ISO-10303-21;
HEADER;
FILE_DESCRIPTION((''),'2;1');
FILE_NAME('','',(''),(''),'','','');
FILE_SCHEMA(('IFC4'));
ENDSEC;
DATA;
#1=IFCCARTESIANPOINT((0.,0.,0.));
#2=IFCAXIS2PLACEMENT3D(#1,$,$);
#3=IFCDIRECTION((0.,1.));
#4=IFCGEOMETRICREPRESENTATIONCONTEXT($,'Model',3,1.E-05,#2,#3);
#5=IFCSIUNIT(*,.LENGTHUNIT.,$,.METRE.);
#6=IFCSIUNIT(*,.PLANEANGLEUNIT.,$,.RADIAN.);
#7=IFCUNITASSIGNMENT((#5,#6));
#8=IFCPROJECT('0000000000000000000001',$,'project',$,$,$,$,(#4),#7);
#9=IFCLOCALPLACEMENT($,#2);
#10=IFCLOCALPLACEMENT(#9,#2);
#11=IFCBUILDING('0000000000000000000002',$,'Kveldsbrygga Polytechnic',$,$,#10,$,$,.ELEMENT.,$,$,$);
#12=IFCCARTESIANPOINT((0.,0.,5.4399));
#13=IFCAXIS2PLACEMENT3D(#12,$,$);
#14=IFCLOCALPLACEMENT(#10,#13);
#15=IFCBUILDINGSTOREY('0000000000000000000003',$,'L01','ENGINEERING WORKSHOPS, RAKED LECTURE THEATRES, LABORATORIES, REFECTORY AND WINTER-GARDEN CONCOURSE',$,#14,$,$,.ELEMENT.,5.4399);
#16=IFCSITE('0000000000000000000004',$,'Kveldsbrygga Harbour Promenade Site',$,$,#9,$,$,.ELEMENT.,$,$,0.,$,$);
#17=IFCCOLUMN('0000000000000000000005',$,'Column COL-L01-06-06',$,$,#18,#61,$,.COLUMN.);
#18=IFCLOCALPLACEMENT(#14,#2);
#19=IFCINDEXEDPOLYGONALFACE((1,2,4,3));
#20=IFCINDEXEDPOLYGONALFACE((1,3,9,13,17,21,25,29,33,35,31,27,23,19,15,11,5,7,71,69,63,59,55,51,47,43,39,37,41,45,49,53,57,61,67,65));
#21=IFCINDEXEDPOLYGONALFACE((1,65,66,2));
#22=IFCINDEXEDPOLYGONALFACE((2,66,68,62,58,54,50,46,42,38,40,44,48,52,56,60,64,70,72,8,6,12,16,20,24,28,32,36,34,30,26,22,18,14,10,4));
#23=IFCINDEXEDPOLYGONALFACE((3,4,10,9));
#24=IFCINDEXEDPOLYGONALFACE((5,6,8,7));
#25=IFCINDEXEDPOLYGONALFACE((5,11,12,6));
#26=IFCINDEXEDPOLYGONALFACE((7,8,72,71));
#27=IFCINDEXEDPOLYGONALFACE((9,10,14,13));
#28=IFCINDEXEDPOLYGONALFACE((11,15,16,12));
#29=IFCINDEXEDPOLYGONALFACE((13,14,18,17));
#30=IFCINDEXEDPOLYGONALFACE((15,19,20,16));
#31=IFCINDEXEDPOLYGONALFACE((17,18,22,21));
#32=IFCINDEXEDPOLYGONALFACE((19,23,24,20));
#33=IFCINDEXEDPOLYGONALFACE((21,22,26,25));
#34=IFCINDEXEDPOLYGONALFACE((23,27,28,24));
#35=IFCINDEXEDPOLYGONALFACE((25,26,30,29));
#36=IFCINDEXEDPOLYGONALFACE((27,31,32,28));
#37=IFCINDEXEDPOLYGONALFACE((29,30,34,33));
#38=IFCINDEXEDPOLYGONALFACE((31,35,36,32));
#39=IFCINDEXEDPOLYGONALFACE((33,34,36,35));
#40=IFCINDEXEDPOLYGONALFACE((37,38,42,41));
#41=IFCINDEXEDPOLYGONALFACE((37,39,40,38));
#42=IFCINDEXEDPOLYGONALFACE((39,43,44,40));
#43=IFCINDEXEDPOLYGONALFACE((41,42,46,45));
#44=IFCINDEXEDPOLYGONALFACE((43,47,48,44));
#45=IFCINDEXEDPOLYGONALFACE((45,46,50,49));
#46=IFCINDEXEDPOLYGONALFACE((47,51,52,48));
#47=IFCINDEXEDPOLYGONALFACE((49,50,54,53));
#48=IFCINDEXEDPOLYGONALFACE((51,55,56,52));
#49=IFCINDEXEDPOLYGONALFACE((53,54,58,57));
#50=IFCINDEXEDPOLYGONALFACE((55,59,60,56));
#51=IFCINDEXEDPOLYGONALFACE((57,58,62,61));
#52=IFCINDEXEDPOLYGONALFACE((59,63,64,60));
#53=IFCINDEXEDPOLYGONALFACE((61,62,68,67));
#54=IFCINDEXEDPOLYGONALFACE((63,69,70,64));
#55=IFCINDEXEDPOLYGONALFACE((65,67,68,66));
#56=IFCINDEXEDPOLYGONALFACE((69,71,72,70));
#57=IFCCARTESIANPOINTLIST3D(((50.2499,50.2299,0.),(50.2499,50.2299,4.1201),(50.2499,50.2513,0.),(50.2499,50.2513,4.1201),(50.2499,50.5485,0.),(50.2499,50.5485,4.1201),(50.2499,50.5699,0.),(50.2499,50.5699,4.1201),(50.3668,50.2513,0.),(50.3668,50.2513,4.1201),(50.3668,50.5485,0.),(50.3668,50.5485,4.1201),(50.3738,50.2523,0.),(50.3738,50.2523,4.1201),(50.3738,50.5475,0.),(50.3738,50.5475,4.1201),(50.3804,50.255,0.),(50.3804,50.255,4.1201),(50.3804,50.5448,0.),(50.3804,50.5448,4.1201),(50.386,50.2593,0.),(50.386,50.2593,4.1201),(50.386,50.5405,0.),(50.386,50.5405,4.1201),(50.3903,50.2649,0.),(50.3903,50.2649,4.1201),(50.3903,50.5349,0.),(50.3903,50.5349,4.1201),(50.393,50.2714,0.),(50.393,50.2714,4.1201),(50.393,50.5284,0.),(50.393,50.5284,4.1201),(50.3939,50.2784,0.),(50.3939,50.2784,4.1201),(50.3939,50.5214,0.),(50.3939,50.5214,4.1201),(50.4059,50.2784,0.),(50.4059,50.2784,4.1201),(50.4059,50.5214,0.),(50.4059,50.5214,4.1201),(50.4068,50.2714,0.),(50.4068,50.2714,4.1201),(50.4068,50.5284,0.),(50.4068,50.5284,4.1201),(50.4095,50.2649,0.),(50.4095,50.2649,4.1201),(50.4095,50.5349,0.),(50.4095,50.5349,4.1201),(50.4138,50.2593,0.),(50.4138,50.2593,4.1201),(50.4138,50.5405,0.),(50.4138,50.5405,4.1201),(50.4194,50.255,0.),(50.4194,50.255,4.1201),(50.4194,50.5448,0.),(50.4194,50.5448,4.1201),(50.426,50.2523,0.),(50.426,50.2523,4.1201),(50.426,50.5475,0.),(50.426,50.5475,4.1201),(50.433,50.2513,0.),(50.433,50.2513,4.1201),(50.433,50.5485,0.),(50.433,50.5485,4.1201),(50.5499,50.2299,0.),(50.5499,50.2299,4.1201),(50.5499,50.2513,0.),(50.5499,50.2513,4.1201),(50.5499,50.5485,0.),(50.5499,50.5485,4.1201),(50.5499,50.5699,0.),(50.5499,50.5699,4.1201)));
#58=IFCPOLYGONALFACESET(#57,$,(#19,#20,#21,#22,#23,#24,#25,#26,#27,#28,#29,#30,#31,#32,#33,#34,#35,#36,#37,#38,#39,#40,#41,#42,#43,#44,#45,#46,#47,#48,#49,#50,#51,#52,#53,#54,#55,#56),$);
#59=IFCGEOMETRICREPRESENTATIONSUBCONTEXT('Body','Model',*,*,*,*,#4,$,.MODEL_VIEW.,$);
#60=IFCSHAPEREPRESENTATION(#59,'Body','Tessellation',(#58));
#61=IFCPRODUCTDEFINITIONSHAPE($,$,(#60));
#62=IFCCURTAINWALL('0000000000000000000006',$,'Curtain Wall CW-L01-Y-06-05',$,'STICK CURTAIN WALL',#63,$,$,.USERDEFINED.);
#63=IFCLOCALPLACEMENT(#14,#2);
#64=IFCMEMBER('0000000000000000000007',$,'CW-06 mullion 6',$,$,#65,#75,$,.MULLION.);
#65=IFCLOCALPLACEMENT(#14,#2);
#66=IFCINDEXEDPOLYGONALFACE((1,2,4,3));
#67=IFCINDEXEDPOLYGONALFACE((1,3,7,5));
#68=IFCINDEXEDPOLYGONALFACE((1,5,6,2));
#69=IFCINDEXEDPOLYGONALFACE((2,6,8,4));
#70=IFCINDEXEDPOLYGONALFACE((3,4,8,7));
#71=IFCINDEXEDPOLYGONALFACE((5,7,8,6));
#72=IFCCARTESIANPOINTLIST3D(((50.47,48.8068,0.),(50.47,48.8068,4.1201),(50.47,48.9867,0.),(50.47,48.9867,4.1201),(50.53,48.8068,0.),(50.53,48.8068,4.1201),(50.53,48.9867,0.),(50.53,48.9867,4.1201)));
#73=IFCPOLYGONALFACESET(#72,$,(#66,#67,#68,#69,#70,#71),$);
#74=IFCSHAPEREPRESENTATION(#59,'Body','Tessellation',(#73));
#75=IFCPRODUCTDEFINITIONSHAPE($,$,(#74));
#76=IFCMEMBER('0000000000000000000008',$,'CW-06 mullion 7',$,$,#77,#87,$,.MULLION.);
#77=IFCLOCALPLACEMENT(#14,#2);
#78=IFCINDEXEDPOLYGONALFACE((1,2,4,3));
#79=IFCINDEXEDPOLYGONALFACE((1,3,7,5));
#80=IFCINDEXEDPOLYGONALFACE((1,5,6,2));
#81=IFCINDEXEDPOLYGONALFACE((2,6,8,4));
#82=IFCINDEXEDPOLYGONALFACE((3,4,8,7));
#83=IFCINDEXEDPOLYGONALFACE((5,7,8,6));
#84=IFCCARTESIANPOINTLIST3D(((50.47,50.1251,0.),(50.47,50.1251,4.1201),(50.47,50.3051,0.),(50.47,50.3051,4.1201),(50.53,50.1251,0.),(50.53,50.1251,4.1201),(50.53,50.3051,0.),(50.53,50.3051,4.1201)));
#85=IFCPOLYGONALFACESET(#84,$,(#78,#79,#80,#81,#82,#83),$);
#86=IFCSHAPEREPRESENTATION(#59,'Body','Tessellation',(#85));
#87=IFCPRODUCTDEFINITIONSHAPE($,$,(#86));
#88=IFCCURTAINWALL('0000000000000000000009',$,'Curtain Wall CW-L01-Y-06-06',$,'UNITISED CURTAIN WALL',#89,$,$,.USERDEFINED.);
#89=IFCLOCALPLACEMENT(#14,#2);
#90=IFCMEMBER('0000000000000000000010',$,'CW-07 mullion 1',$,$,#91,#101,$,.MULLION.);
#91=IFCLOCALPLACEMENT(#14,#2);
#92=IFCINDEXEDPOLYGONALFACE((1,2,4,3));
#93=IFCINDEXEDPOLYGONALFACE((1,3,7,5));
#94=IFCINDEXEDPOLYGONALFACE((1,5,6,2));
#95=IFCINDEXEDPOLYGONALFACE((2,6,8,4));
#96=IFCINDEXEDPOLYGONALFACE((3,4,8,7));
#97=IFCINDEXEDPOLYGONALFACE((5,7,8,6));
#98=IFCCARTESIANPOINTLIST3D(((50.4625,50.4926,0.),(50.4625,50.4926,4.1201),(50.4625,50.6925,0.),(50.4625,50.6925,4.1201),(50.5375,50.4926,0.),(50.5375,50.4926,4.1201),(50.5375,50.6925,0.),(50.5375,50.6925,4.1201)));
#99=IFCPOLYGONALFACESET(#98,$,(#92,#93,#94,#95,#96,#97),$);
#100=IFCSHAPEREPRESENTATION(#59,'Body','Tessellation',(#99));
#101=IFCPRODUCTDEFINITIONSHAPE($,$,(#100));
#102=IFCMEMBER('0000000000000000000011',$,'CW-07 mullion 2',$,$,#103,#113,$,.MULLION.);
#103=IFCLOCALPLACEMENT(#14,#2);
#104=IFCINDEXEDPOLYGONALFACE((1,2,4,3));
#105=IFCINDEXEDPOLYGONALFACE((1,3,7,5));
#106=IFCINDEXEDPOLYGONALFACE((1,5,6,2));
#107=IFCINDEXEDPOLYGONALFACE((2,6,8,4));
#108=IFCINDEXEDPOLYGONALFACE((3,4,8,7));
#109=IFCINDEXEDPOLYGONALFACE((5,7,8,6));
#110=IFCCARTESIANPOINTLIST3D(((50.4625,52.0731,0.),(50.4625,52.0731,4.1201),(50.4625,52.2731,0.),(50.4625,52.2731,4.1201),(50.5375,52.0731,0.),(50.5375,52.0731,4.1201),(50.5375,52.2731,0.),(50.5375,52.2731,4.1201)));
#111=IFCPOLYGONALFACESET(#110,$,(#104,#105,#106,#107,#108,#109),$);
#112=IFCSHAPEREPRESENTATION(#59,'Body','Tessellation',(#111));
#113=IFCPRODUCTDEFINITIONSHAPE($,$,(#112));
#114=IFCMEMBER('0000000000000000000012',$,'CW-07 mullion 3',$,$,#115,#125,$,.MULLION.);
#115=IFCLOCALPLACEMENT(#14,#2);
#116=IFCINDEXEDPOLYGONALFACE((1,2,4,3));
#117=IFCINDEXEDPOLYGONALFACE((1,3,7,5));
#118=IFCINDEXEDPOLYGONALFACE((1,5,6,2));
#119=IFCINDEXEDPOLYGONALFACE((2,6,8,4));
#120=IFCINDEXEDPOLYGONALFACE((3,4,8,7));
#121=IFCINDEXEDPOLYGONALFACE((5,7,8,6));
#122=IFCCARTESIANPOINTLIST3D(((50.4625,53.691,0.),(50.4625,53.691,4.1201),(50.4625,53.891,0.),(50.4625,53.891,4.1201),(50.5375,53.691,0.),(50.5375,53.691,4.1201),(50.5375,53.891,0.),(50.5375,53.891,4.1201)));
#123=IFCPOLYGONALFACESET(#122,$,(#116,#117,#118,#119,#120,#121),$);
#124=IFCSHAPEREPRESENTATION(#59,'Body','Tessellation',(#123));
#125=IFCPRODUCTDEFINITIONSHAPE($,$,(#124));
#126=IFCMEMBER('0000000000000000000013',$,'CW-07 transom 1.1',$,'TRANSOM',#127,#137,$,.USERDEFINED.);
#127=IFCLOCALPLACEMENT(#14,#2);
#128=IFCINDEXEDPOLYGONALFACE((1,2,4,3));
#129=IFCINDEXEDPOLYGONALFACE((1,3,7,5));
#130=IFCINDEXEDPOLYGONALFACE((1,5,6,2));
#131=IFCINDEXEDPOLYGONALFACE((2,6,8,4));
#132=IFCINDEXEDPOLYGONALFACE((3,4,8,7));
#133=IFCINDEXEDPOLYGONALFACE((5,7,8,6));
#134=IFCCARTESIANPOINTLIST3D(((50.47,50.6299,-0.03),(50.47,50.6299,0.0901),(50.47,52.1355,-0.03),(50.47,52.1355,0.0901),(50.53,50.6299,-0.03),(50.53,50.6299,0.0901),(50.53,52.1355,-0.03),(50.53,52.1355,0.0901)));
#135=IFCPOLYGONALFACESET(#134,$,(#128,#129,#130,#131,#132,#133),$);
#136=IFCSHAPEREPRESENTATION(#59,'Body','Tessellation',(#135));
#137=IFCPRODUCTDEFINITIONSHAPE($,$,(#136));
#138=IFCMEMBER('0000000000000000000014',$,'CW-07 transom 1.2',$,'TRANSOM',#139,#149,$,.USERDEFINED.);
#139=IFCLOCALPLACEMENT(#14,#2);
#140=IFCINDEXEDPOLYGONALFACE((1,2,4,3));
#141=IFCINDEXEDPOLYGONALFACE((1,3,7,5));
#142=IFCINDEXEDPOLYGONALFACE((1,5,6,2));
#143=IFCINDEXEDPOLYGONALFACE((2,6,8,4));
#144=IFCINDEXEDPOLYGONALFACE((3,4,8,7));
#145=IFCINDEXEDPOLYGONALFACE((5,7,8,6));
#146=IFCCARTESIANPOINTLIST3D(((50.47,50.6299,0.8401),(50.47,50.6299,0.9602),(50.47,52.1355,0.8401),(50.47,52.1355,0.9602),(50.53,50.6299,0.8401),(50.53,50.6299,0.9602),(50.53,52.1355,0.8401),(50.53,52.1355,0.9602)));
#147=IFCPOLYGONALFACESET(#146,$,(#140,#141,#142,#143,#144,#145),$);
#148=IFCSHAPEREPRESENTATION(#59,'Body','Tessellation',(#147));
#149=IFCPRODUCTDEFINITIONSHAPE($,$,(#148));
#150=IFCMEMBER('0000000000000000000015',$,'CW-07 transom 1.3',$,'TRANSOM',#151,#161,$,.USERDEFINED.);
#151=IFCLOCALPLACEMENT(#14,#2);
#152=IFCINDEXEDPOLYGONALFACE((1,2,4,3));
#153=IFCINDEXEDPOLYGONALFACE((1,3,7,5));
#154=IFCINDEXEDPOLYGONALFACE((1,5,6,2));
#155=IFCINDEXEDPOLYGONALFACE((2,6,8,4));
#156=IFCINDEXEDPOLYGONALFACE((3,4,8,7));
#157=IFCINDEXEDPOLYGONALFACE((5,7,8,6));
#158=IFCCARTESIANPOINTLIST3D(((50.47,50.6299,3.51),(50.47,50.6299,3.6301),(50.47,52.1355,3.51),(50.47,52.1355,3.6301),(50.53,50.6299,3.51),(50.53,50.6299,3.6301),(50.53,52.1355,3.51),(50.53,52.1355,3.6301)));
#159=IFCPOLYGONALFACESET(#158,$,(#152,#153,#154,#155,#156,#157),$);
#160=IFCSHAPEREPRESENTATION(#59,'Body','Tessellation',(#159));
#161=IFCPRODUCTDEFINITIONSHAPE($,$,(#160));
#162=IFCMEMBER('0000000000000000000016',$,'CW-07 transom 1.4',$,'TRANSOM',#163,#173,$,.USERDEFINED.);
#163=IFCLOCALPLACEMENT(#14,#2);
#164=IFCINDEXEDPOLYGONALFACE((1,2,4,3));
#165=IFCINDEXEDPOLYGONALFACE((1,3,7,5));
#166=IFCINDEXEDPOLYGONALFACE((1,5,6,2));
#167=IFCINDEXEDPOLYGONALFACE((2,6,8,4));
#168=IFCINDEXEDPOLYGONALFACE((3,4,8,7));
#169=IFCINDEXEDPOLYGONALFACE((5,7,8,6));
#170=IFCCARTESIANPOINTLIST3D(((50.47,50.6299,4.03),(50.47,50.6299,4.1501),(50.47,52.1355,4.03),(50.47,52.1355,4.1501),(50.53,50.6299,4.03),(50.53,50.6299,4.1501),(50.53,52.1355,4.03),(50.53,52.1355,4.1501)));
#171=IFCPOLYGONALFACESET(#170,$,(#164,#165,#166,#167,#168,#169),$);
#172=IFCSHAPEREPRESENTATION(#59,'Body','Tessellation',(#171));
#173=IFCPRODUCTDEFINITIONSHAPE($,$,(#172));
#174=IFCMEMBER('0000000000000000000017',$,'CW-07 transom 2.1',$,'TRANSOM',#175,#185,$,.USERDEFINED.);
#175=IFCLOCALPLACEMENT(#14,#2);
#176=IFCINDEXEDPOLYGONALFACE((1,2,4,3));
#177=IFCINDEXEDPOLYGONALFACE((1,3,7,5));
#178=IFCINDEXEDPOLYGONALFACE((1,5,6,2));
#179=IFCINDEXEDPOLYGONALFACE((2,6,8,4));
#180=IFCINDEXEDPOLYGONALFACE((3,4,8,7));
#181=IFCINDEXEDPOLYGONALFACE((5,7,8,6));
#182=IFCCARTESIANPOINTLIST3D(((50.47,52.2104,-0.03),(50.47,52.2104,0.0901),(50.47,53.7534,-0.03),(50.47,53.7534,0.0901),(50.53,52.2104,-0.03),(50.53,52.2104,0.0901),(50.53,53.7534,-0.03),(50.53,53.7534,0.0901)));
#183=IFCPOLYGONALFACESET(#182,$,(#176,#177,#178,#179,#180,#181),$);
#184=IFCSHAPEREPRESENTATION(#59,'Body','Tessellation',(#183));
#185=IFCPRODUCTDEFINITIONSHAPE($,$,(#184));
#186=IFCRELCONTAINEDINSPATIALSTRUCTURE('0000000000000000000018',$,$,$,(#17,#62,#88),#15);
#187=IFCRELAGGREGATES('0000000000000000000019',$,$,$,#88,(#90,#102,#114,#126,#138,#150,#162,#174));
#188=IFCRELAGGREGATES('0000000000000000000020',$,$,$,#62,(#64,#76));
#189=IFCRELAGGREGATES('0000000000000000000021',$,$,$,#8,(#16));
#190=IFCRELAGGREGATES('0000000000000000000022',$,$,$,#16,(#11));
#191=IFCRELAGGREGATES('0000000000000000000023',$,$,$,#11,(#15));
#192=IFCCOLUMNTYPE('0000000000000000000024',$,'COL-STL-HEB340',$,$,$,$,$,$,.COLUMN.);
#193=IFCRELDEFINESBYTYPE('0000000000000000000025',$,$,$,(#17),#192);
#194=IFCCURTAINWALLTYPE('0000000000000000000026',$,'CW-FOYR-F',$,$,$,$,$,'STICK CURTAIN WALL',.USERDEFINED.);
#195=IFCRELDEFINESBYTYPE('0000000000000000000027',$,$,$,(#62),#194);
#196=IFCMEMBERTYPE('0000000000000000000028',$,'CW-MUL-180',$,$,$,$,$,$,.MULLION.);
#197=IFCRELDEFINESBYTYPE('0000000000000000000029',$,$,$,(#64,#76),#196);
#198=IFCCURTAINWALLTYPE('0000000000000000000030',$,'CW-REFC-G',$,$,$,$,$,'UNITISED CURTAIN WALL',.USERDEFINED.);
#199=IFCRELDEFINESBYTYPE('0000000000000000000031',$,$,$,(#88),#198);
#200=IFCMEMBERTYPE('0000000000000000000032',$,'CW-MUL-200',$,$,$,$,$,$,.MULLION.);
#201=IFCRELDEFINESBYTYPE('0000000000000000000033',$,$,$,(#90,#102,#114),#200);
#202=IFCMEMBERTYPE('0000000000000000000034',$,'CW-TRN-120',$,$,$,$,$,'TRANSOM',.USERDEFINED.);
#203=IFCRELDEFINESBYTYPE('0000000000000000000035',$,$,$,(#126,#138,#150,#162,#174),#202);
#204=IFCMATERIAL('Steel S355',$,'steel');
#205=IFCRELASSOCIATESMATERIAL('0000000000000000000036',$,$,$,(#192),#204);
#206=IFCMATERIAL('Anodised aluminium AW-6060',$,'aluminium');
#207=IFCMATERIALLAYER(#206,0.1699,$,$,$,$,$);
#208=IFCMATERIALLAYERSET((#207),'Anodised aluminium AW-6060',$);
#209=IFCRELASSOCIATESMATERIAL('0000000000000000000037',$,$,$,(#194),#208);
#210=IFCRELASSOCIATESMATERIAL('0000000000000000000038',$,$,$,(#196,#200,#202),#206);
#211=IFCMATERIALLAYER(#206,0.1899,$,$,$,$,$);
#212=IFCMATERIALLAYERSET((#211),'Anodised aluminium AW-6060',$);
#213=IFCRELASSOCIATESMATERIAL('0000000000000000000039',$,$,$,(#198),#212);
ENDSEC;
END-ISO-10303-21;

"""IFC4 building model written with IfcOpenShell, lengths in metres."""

from ifc_helpers import new_model, si_unit, direction, frame, origin, origin_2d, place, context, subcontext, project, spatial, rectangle, i_section, extrude, material, layer, layer_set, material_profile, profile_set, type_object, element, aggregate, save


model = new_model("IFC4")

# Units and contexts
model_context = context("Model", 3, precision=1e-05, world=origin(), true_north=direction((0.0, 1.0)))
body_context = subcontext(model_context, "Body", "Model", "MODEL_VIEW")
ifc_project = project(units=[si_unit("LENGTHUNIT", "METRE"), si_unit("PLANEANGLEUNIT", "RADIAN")], contexts=[model_context])

# Site, building, storey
site_placement = place(None, origin())
site = spatial("IfcSite", under=ifc_project, at=site_placement, Name="Kveldsbrygga Harbour Promenade Site", CompositionType="ELEMENT", RefElevation=0.0)
building_placement = place(site_placement, origin())
building = spatial("IfcBuilding", under=site, at=building_placement, Name="Kveldsbrygga Polytechnic", CompositionType="ELEMENT")
storey_placement = place(building_placement, frame((0.0, 0.0, 5.4399)))
storey = spatial("IfcBuildingStorey", under=building, at=storey_placement, Name="L01", Description="ENGINEERING WORKSHOPS, RAKED LECTURE THEATRES, LABORATORIES, REFECTORY AND WINTER-GARDEN CONCOURSE", CompositionType="ELEMENT", Elevation=5.4399)

# Column
ifc_material_1 = material(Name="Steel S355", Category="steel")
ifc_material_profile_1 = material_profile(ifc_material_1, i_section(OverallWidth=0.3, OverallDepth=0.3401, WebThickness=0.012, FlangeThickness=0.0215, FilletRadius=0.0271, at=origin_2d()), Name="HEB 340")
ifc_profile_set_1 = profile_set([ifc_material_profile_1], Name="Steel S355")
column_type = type_object("IfcColumnType", Name="COL-STL-HEB340", PredefinedType="COLUMN", material=ifc_profile_set_1)
column_placement = place(storey_placement, frame((50.3999, 50.3999, 0.0), z_axis=(0.0, 0.0, 1.0), x_axis=(1.0, 0.0, 0.0)))
element("IfcColumn", 1, at=column_placement, inside=storey, type_object=column_type, Name="Column COL-L01-06-06", PredefinedType="COLUMN", context=body_context, shape_type="SweptSolid", body=[
    extrude(i_section(OverallWidth=0.3, OverallDepth=0.3401, WebThickness=0.012, FlangeThickness=0.0215, FilletRadius=0.0271, at=origin_2d()), origin(), (0.0, 0.0, 1.0), 4.1201),
])

# Curtain walls, members
ifc_material_2 = material(Name="Anodised aluminium AW-6060", Category="aluminium")
ifc_layer_1 = layer(ifc_material_2, 0.1699)
ifc_layer_set_1 = layer_set([ifc_layer_1], Name="Anodised aluminium AW-6060")
curtain_wall_type_1 = type_object("IfcCurtainWallType", Name="CW-FOYR-F", ElementType="STICK CURTAIN WALL", PredefinedType="USERDEFINED", material=ifc_layer_set_1)
curtain_wall_1_placement = place(storey_placement, origin())
curtain_wall_1 = element("IfcCurtainWall", 2, at=curtain_wall_1_placement, inside=storey, type_object=curtain_wall_type_1, Name="Curtain Wall CW-L01-Y-06-05", ObjectType="STICK CURTAIN WALL", PredefinedType="USERDEFINED")
ifc_material_profile_2 = material_profile(ifc_material_2, rectangle(XDim=0.0601, YDim=0.1799, at=origin_2d()), Name="ALU 60x180")
ifc_profile_set_2 = profile_set([ifc_material_profile_2], Name="Anodised aluminium AW-6060")
member_type_1 = type_object("IfcMemberType", Name="CW-MUL-180", PredefinedType="MULLION", material=ifc_profile_set_2)
member_1_placement = place(storey_placement, frame((50.5, 48.8967, 0.0), z_axis=(0.0, 0.0, 1.0), x_axis=(-1.0, 0.0, 0.0)))
member_1 = element("IfcMember", 3, at=member_1_placement, type_object=member_type_1, Name="CW-06 mullion 6", PredefinedType="MULLION", context=body_context, shape_type="SweptSolid", body=[
    extrude(rectangle(XDim=0.0601, YDim=0.1799, at=origin_2d()), origin(), (0.0, 0.0, 1.0), 4.1201),
])
member_2_placement = place(storey_placement, frame((50.5, 50.2151, 0.0), z_axis=(0.0, 0.0, 1.0), x_axis=(-1.0, 0.0, 0.0)))
member_2 = element("IfcMember", 4, at=member_2_placement, type_object=member_type_1, Name="CW-06 mullion 7", PredefinedType="MULLION", context=body_context, shape_type="SweptSolid", body=[
    extrude(rectangle(XDim=0.0601, YDim=0.1799, at=origin_2d()), origin(), (0.0, 0.0, 1.0), 4.1201),
])
ifc_layer_2 = layer(ifc_material_2, 0.1899)
ifc_layer_set_2 = layer_set([ifc_layer_2], Name="Anodised aluminium AW-6060")
curtain_wall_type_2 = type_object("IfcCurtainWallType", Name="CW-REFC-G", ElementType="UNITISED CURTAIN WALL", PredefinedType="USERDEFINED", material=ifc_layer_set_2)
curtain_wall_2_placement = place(storey_placement, origin())
curtain_wall_2 = element("IfcCurtainWall", 5, at=curtain_wall_2_placement, inside=storey, type_object=curtain_wall_type_2, Name="Curtain Wall CW-L01-Y-06-06", ObjectType="UNITISED CURTAIN WALL", PredefinedType="USERDEFINED")
ifc_material_profile_3 = material_profile(ifc_material_2, rectangle(XDim=0.075, YDim=0.2, at=origin_2d()), Name="ALU 75x200")
ifc_profile_set_3 = profile_set([ifc_material_profile_3], Name="Anodised aluminium AW-6060")
member_type_2 = type_object("IfcMemberType", Name="CW-MUL-200", PredefinedType="MULLION", material=ifc_profile_set_3)
member_3_placement = place(storey_placement, frame((50.5, 50.5925, 0.0), z_axis=(0.0, 0.0, 1.0), x_axis=(-1.0, 0.0, 0.0)))
member_3 = element("IfcMember", 6, at=member_3_placement, type_object=member_type_2, Name="CW-07 mullion 1", PredefinedType="MULLION", context=body_context, shape_type="SweptSolid", body=[
    extrude(rectangle(XDim=0.075, YDim=0.2, at=origin_2d()), origin(), (0.0, 0.0, 1.0), 4.1201),
])
member_4_placement = place(storey_placement, frame((50.5, 52.1731, 0.0), z_axis=(0.0, 0.0, 1.0), x_axis=(-1.0, 0.0, 0.0)))
member_4 = element("IfcMember", 7, at=member_4_placement, type_object=member_type_2, Name="CW-07 mullion 2", PredefinedType="MULLION", context=body_context, shape_type="SweptSolid", body=[
    extrude(rectangle(XDim=0.075, YDim=0.2, at=origin_2d()), origin(), (0.0, 0.0, 1.0), 4.1201),
])
member_5_placement = place(storey_placement, frame((50.5, 53.791, 0.0), z_axis=(0.0, 0.0, 1.0), x_axis=(-1.0, 0.0, 0.0)))
member_5 = element("IfcMember", 8, at=member_5_placement, type_object=member_type_2, Name="CW-07 mullion 3", PredefinedType="MULLION", context=body_context, shape_type="SweptSolid", body=[
    extrude(rectangle(XDim=0.075, YDim=0.2, at=origin_2d()), origin(), (0.0, 0.0, 1.0), 4.1201),
])
ifc_material_profile_4 = material_profile(ifc_material_2, rectangle(XDim=0.0601, YDim=0.1201, at=origin_2d()), Name="ALU 60x120")
ifc_profile_set_4 = profile_set([ifc_material_profile_4], Name="Anodised aluminium AW-6060")
member_type_3 = type_object("IfcMemberType", Name="CW-TRN-120", ElementType="TRANSOM", PredefinedType="USERDEFINED", material=ifc_profile_set_4)
member_6_placement = place(storey_placement, frame((50.5, 50.6299, 0.03), z_axis=(0.0, 1.0, 0.0), x_axis=(-1.0, 0.0, 0.0)))
member_6 = element("IfcMember", 9, at=member_6_placement, type_object=member_type_3, Name="CW-07 transom 1.1", ObjectType="TRANSOM", PredefinedType="USERDEFINED", context=body_context, shape_type="SweptSolid", body=[
    extrude(rectangle(XDim=0.0601, YDim=0.1201, at=origin_2d()), origin(), (0.0, 0.0, 1.0), 1.5056),
])
member_7_placement = place(storey_placement, frame((50.5, 50.6299, 0.9001), z_axis=(0.0, 1.0, 0.0), x_axis=(-1.0, 0.0, 0.0)))
member_7 = element("IfcMember", 10, at=member_7_placement, type_object=member_type_3, Name="CW-07 transom 1.2", ObjectType="TRANSOM", PredefinedType="USERDEFINED", context=body_context, shape_type="SweptSolid", body=[
    extrude(rectangle(XDim=0.0601, YDim=0.1201, at=origin_2d()), origin(), (0.0, 0.0, 1.0), 1.5056),
])
member_8_placement = place(storey_placement, frame((50.5, 50.6299, 3.5701), z_axis=(0.0, 1.0, 0.0), x_axis=(-1.0, 0.0, 0.0)))
member_8 = element("IfcMember", 11, at=member_8_placement, type_object=member_type_3, Name="CW-07 transom 1.3", ObjectType="TRANSOM", PredefinedType="USERDEFINED", context=body_context, shape_type="SweptSolid", body=[
    extrude(rectangle(XDim=0.0601, YDim=0.1201, at=origin_2d()), origin(), (0.0, 0.0, 1.0), 1.5056),
])
member_9_placement = place(storey_placement, frame((50.5, 50.6299, 4.0901), z_axis=(0.0, 1.0, 0.0), x_axis=(-1.0, 0.0, 0.0)))
member_9 = element("IfcMember", 12, at=member_9_placement, type_object=member_type_3, Name="CW-07 transom 1.4", ObjectType="TRANSOM", PredefinedType="USERDEFINED", context=body_context, shape_type="SweptSolid", body=[
    extrude(rectangle(XDim=0.0601, YDim=0.1201, at=origin_2d()), origin(), (0.0, 0.0, 1.0), 1.5056),
])
member_10_placement = place(storey_placement, frame((50.5, 52.2104, 0.03), z_axis=(0.0, 1.0, 0.0), x_axis=(-1.0, 0.0, 0.0)))
member_10 = element("IfcMember", 13, at=member_10_placement, type_object=member_type_3, Name="CW-07 transom 2.1", ObjectType="TRANSOM", PredefinedType="USERDEFINED", context=body_context, shape_type="SweptSolid", body=[
    extrude(rectangle(XDim=0.0601, YDim=0.1201, at=origin_2d()), origin(), (0.0, 0.0, 1.0), 1.543),
])

aggregate(curtain_wall_2, [member_3, member_4, member_5, member_6, member_7, member_8, member_9, member_10])
aggregate(curtain_wall_1, [member_1, member_2])

save(model, "model.ifc")
